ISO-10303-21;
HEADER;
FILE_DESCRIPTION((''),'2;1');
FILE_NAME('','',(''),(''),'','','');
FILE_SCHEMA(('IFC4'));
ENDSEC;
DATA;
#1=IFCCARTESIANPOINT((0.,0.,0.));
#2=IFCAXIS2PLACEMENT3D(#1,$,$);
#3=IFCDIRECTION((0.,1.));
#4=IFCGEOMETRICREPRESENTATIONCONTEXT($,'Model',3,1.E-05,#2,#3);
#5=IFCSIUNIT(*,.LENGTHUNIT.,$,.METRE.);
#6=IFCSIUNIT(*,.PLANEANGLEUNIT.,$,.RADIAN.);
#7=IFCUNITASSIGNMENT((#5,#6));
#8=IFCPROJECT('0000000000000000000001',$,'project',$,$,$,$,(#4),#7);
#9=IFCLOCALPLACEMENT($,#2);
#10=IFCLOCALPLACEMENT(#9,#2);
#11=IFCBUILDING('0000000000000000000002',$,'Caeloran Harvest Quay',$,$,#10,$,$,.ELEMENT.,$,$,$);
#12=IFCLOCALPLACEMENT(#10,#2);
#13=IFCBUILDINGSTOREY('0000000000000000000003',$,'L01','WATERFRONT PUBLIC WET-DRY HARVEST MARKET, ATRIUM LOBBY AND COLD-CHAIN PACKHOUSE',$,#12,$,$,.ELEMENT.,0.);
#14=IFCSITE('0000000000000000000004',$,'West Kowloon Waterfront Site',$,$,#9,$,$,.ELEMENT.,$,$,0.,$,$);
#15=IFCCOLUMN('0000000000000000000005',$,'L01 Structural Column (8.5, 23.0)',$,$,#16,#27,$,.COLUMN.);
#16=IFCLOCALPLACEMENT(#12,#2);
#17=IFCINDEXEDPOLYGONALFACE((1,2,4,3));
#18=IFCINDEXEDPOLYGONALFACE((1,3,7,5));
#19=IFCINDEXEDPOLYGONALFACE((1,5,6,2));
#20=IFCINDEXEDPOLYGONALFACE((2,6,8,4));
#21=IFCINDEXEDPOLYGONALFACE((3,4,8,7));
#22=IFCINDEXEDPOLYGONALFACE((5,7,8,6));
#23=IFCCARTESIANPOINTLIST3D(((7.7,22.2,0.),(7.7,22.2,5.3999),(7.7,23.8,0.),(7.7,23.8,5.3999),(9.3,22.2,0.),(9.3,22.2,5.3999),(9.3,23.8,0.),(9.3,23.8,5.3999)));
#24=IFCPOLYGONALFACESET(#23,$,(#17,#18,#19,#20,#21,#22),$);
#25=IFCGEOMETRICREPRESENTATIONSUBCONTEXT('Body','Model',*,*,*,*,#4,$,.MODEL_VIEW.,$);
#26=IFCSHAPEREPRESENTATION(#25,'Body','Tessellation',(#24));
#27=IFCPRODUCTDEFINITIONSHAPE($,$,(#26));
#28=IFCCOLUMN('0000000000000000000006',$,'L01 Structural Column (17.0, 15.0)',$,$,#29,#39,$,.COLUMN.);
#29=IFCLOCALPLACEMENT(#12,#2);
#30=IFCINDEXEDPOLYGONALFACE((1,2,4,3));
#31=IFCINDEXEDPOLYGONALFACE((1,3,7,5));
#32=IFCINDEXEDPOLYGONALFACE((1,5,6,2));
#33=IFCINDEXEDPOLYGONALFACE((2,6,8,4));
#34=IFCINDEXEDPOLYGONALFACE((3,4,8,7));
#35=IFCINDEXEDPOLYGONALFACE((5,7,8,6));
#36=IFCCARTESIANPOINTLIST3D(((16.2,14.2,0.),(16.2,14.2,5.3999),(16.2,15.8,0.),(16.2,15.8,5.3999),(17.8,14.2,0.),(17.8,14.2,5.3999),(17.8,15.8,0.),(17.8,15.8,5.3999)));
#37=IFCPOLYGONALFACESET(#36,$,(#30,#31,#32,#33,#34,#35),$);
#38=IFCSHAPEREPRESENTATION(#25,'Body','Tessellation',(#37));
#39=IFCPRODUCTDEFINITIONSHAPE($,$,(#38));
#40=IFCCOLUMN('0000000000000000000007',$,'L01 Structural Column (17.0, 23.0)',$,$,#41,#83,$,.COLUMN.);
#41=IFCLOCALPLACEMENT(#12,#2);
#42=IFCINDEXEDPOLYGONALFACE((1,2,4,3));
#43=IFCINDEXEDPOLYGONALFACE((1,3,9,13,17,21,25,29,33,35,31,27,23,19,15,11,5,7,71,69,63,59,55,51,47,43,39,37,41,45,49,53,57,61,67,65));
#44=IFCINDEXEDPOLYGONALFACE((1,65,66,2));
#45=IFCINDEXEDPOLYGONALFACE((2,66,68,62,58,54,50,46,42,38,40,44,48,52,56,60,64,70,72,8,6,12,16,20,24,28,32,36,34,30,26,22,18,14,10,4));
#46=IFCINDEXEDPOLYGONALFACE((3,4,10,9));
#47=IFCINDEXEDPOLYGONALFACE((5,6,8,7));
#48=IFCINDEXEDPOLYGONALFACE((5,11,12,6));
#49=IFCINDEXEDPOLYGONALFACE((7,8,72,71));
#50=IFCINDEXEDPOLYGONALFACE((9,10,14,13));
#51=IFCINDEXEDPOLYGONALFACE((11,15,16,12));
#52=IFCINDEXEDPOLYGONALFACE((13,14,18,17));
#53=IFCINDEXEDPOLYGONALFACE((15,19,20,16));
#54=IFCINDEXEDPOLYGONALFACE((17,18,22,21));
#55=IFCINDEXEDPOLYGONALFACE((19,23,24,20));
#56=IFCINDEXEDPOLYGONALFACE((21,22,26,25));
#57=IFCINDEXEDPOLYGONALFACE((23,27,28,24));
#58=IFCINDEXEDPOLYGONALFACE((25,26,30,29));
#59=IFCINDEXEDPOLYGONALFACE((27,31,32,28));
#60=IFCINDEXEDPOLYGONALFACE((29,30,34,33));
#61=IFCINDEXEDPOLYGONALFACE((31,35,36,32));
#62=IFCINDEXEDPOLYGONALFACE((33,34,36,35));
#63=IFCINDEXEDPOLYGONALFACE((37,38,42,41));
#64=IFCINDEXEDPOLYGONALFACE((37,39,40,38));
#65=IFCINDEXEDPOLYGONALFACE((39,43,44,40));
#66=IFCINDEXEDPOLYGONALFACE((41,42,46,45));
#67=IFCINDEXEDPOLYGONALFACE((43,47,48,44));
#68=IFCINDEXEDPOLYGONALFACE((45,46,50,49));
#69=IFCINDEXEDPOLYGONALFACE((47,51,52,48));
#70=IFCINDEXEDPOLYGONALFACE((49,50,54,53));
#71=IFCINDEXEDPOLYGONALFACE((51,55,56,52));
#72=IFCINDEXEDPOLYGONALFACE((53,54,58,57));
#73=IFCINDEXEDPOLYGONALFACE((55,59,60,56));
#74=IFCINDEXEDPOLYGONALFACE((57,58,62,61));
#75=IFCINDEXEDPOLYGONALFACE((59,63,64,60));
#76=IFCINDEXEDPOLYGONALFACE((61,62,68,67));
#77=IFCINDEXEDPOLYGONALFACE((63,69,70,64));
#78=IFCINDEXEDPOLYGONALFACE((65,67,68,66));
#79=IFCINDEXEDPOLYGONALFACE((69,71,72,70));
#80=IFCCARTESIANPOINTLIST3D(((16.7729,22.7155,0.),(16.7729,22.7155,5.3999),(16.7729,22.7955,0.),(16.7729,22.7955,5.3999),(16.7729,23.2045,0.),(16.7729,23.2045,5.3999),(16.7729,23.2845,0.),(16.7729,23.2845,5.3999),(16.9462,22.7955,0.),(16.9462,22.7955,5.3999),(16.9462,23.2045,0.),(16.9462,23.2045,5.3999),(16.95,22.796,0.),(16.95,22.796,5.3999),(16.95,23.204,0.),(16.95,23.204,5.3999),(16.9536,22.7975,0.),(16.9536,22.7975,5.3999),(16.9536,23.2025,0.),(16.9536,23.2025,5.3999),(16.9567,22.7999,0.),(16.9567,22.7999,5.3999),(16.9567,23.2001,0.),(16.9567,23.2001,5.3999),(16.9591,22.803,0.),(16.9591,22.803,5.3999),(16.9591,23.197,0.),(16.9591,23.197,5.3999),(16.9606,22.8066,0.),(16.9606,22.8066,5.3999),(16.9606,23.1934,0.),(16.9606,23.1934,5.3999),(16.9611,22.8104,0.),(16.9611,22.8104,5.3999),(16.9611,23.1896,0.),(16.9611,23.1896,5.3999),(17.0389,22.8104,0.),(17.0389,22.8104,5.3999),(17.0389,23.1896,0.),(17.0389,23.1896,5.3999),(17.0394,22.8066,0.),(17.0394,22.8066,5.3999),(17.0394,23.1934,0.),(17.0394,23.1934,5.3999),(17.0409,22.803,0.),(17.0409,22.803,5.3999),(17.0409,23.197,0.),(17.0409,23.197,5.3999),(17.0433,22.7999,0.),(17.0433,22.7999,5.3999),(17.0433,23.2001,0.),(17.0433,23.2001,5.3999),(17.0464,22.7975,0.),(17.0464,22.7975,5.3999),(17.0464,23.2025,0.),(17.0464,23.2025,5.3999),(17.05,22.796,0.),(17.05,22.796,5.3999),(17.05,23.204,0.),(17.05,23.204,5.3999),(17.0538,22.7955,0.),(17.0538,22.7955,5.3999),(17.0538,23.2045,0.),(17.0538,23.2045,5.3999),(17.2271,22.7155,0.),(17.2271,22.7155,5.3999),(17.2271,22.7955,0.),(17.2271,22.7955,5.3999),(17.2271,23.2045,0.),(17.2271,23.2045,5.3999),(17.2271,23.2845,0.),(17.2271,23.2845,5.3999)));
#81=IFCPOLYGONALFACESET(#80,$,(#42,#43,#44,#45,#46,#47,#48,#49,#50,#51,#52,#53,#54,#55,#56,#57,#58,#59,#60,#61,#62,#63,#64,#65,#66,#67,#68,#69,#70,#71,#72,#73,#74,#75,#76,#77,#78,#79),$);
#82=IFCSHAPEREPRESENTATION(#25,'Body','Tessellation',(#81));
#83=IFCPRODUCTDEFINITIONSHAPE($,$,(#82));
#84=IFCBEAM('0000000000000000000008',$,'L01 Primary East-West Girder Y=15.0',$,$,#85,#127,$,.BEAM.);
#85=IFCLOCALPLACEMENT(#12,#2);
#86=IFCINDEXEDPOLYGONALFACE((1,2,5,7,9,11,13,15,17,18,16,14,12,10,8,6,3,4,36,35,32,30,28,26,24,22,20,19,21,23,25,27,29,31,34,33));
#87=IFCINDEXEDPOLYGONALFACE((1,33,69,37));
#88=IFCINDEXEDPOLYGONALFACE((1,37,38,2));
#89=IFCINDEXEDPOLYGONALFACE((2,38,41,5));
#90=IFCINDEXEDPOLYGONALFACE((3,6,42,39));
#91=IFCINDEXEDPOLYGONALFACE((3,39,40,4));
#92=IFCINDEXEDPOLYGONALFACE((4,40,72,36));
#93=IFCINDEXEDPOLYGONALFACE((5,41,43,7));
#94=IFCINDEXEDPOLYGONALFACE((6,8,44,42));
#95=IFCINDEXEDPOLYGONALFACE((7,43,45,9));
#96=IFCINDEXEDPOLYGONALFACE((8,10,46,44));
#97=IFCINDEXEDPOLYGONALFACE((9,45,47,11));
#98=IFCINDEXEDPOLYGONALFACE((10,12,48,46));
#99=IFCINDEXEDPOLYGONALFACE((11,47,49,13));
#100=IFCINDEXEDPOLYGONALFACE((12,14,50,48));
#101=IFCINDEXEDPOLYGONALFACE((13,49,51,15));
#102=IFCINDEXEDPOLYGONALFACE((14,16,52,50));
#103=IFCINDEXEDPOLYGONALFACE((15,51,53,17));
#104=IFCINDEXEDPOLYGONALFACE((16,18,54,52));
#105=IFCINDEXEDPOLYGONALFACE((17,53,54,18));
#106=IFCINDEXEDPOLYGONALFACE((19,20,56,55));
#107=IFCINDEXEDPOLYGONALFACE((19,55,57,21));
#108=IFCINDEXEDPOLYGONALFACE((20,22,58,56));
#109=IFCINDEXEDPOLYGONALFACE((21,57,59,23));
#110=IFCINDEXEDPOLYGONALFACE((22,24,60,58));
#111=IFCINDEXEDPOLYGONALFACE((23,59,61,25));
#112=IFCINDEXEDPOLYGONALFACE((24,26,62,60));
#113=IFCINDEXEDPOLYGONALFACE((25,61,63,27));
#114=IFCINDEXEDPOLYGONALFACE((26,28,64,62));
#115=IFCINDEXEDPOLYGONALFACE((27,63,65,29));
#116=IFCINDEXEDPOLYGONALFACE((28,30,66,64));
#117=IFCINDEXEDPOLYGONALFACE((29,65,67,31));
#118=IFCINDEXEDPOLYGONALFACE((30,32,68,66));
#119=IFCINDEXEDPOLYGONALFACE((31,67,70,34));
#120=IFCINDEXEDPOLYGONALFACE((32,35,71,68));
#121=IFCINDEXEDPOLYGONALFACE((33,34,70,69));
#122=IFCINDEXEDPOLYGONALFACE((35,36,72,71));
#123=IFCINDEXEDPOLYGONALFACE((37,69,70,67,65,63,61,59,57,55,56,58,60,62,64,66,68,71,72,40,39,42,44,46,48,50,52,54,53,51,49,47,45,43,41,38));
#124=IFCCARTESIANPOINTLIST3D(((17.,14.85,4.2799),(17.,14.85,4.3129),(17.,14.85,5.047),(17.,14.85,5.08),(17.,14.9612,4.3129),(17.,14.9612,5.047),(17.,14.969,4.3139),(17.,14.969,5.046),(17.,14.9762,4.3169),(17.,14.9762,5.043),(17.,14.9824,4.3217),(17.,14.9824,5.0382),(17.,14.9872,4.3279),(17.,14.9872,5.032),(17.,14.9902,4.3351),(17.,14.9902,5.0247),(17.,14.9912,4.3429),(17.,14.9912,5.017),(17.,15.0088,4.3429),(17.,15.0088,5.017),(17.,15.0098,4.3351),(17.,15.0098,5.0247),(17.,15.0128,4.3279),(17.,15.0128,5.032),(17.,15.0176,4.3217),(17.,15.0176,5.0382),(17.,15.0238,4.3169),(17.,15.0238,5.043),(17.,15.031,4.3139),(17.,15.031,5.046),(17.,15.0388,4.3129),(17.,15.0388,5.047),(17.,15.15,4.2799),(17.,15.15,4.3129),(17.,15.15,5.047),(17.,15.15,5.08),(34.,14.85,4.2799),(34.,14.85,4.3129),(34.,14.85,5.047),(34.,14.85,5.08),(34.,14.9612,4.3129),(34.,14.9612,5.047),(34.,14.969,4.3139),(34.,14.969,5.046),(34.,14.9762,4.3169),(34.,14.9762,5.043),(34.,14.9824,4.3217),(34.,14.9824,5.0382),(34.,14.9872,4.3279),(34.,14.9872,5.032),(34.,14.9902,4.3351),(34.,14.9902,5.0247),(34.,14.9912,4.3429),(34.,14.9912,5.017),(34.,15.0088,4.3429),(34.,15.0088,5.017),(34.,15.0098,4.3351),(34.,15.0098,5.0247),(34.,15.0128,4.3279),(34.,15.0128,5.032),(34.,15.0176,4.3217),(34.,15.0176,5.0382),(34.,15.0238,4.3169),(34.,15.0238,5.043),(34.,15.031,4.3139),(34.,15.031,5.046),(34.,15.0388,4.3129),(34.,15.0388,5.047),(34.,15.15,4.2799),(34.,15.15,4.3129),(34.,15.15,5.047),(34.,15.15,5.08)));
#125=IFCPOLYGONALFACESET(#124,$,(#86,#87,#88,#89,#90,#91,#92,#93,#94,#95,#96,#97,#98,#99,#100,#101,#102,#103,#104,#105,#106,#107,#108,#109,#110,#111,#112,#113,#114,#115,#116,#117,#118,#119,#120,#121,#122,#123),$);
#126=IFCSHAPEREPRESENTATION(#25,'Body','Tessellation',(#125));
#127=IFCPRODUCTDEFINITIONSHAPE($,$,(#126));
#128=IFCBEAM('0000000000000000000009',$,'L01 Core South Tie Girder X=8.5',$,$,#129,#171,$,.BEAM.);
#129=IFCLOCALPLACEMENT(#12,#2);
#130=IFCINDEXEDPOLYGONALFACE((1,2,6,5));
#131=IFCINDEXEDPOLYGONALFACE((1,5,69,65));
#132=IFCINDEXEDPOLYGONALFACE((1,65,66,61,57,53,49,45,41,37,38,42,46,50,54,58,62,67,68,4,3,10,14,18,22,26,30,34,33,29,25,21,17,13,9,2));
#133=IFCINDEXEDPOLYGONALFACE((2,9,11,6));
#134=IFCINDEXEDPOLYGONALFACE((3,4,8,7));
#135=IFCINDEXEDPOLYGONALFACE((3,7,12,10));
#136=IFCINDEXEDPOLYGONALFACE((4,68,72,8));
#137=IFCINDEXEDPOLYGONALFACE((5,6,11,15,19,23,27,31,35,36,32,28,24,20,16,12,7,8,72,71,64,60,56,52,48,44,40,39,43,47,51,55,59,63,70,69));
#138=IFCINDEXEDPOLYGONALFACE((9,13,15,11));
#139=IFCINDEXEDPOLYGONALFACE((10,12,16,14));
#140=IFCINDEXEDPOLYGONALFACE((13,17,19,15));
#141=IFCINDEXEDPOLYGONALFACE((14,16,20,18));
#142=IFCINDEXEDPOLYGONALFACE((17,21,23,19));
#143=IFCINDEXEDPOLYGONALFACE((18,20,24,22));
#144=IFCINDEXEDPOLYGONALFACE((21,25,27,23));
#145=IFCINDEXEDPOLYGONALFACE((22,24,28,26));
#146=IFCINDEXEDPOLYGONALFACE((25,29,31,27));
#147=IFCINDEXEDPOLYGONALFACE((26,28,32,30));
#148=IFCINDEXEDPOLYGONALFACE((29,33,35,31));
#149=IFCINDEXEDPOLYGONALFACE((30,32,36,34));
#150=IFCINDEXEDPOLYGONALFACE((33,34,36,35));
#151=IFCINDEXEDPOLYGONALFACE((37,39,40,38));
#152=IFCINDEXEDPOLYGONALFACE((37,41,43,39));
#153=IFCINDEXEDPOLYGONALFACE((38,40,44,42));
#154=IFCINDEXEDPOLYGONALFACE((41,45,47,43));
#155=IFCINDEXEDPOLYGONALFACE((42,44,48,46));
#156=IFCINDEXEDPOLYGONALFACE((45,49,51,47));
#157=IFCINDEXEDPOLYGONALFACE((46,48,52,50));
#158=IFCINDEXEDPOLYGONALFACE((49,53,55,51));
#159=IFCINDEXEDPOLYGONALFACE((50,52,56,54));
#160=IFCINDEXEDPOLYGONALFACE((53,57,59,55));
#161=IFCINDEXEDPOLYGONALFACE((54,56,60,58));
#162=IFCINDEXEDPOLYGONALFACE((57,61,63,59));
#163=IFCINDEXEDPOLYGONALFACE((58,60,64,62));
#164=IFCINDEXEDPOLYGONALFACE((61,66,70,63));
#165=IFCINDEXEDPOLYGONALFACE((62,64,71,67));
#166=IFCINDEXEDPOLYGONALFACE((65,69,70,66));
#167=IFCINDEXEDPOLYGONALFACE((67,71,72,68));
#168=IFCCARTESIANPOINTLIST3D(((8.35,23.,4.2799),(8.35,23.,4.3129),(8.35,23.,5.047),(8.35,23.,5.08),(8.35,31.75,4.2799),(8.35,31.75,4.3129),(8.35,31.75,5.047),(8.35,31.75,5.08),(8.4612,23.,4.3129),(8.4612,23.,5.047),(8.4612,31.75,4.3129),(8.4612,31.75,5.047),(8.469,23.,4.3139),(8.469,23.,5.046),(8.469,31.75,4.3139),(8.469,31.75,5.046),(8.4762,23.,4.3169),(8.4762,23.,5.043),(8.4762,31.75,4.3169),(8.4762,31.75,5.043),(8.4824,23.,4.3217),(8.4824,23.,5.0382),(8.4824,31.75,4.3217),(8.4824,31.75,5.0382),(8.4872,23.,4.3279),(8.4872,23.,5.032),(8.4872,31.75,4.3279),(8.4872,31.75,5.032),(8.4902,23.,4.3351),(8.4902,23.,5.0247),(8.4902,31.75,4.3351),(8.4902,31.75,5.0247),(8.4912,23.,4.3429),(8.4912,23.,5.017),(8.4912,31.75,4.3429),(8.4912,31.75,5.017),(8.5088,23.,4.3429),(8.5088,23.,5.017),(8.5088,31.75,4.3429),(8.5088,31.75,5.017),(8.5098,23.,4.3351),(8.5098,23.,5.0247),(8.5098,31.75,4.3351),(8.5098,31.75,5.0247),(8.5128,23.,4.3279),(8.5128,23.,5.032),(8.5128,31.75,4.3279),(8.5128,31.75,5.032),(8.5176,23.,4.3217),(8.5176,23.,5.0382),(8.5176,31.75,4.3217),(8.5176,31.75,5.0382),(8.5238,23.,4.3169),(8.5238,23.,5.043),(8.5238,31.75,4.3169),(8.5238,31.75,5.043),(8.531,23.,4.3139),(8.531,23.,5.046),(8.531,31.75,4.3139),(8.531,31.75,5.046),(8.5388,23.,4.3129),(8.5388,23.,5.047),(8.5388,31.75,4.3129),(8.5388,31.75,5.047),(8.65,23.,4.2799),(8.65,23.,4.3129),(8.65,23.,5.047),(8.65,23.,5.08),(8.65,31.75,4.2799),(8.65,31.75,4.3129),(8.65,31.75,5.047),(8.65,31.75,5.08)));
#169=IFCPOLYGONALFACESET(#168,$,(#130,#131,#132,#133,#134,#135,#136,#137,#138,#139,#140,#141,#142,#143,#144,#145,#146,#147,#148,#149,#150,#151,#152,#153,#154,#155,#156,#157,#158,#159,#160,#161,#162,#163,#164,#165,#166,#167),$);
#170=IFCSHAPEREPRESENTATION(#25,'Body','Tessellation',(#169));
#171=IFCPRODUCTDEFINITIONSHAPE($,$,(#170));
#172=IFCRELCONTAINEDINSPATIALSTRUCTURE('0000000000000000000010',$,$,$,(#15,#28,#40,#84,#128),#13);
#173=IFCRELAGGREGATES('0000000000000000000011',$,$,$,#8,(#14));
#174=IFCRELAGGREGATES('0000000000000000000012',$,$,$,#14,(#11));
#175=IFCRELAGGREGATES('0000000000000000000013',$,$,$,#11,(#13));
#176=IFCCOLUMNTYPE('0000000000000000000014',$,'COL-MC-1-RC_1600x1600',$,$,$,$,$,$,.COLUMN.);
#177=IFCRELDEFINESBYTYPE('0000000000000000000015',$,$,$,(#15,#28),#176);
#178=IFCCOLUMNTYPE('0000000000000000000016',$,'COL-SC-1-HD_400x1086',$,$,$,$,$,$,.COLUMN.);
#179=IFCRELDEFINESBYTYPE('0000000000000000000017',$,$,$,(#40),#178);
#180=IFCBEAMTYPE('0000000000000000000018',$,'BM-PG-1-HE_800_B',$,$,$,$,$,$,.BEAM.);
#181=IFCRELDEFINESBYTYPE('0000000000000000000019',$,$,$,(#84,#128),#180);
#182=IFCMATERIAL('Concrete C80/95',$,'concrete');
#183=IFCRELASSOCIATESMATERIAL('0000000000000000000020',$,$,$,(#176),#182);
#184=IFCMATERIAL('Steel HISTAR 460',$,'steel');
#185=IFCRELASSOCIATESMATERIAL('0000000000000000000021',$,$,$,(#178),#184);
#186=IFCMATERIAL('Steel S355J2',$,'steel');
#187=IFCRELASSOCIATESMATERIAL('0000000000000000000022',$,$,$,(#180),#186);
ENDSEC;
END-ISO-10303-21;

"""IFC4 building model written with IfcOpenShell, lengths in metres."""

from ifc_helpers import new_model, si_unit, direction, frame, origin, origin_2d, place, context, subcontext, project, spatial, rectangle, i_section, extrude, material, material_profile, profile_set, type_object, element, save


model = new_model("IFC4")

# Units and contexts
model_context = context("Model", 3, precision=1e-05, world=origin(), true_north=direction((0.0, 1.0)))
body_context = subcontext(model_context, "Body", "Model", "MODEL_VIEW")
ifc_project = project(units=[si_unit("LENGTHUNIT", "METRE"), si_unit("PLANEANGLEUNIT", "RADIAN")], contexts=[model_context])

# Site, building, storey
site_placement = place(None, origin())
site = spatial("IfcSite", under=ifc_project, at=site_placement, Name="West Kowloon Waterfront Site", CompositionType="ELEMENT", RefElevation=0.0)
building_placement = place(site_placement, origin())
building = spatial("IfcBuilding", under=site, at=building_placement, Name="Caeloran Harvest Quay", CompositionType="ELEMENT")
storey_placement = place(building_placement, origin())
storey = spatial("IfcBuildingStorey", under=building, at=storey_placement, Name="L01", Description="WATERFRONT PUBLIC WET-DRY HARVEST MARKET, ATRIUM LOBBY AND COLD-CHAIN PACKHOUSE", CompositionType="ELEMENT", Elevation=0.0)

# Columns
ifc_material_1 = material(Name="Concrete C80/95", Category="concrete")
ifc_material_profile_1 = material_profile(ifc_material_1, rectangle(XDim=1.6001, YDim=1.6001, at=origin_2d()), Name="RC 1600x1600")
ifc_profile_set_1 = profile_set([ifc_material_profile_1], Name="Concrete C80/95")
column_type_1 = type_object("IfcColumnType", Name="COL-MC-1-RC_1600x1600", PredefinedType="COLUMN", material=ifc_profile_set_1)
for number, where, z_axis, x_axis, name in (
    (1, (8.5, 23.0, 0.0), (0.0, 0.0, 1.0), (1.0, 0.0, 0.0), "L01 Structural Column (8.5, 23.0)"),
    (2, (17.0, 15.0, 0.0), (0.0, 0.0, 1.0), (1.0, 0.0, 0.0), "L01 Structural Column (17.0, 15.0)"),
):
    element("IfcColumn", number, at=place(storey_placement, frame(where, z_axis=z_axis, x_axis=x_axis)), inside=storey, type_object=column_type_1, Name=name, PredefinedType="COLUMN", context=body_context, shape_type="SweptSolid", body=[
        extrude(rectangle(XDim=1.6001, YDim=1.6001, at=origin_2d()), origin(), (0.0, 0.0, 1.0), 5.3999),
    ])
ifc_material_2 = material(Name="Steel HISTAR 460", Category="steel")
ifc_material_profile_2 = material_profile(ifc_material_2, i_section(OverallWidth=0.4541, OverallDepth=0.5691, WebThickness=0.0779, FlangeThickness=0.0801, FilletRadius=0.0149, at=origin_2d()), Name="HD 400x1086")
ifc_profile_set_2 = profile_set([ifc_material_profile_2], Name="Steel HISTAR 460")
column_type_2 = type_object("IfcColumnType", Name="COL-SC-1-HD_400x1086", PredefinedType="COLUMN", material=ifc_profile_set_2)
column_placement = place(storey_placement, frame((17.0, 23.0, 0.0), z_axis=(0.0, 0.0, 1.0), x_axis=(1.0, 0.0, 0.0)))
element("IfcColumn", 3, at=column_placement, inside=storey, type_object=column_type_2, Name="L01 Structural Column (17.0, 23.0)", PredefinedType="COLUMN", context=body_context, shape_type="SweptSolid", body=[
    extrude(i_section(OverallWidth=0.4541, OverallDepth=0.5691, WebThickness=0.0779, FlangeThickness=0.0801, FilletRadius=0.0149, at=origin_2d()), origin(), (0.0, 0.0, 1.0), 5.3999),
])

# Beams
ifc_material_3 = material(Name="Steel S355J2", Category="steel")
ifc_material_profile_3 = material_profile(ifc_material_3, i_section(OverallWidth=0.3, OverallDepth=0.8, WebThickness=0.0176, FlangeThickness=0.033, FilletRadius=0.03, at=origin_2d()), Name="HE 800 B")
ifc_profile_set_3 = profile_set([ifc_material_profile_3], Name="Steel S355J2")
beam_type_1 = type_object("IfcBeamType", Name="BM-PG-1-HE_800_B", PredefinedType="BEAM", material=ifc_profile_set_3)
beam_1_placement = place(storey_placement, frame((17.0, 15.0, 4.6799), z_axis=(1.0, 0.0, 0.0), x_axis=(0.0, 1.0, 0.0)))
element("IfcBeam", 4, at=beam_1_placement, inside=storey, type_object=beam_type_1, Name="L01 Primary East-West Girder Y=15.0", PredefinedType="BEAM", context=body_context, shape_type="SweptSolid", body=[
    extrude(i_section(OverallWidth=0.3, OverallDepth=0.8, WebThickness=0.0176, FlangeThickness=0.033, FilletRadius=0.03, at=origin_2d()), origin(), (0.0, 0.0, 1.0), 17.0),
])
beam_2_placement = place(storey_placement, frame((8.5, 23.0, 4.6799), z_axis=(0.0, 1.0, 0.0), x_axis=(-1.0, 0.0, 0.0)))
element("IfcBeam", 5, at=beam_2_placement, inside=storey, type_object=beam_type_1, Name="L01 Core South Tie Girder X=8.5", PredefinedType="BEAM", context=body_context, shape_type="SweptSolid", body=[
    extrude(i_section(OverallWidth=0.3, OverallDepth=0.8, WebThickness=0.0176, FlangeThickness=0.033, FilletRadius=0.03, at=origin_2d()), origin(), (0.0, 0.0, 1.0), 8.75),
])

save(model, "model.ifc")
